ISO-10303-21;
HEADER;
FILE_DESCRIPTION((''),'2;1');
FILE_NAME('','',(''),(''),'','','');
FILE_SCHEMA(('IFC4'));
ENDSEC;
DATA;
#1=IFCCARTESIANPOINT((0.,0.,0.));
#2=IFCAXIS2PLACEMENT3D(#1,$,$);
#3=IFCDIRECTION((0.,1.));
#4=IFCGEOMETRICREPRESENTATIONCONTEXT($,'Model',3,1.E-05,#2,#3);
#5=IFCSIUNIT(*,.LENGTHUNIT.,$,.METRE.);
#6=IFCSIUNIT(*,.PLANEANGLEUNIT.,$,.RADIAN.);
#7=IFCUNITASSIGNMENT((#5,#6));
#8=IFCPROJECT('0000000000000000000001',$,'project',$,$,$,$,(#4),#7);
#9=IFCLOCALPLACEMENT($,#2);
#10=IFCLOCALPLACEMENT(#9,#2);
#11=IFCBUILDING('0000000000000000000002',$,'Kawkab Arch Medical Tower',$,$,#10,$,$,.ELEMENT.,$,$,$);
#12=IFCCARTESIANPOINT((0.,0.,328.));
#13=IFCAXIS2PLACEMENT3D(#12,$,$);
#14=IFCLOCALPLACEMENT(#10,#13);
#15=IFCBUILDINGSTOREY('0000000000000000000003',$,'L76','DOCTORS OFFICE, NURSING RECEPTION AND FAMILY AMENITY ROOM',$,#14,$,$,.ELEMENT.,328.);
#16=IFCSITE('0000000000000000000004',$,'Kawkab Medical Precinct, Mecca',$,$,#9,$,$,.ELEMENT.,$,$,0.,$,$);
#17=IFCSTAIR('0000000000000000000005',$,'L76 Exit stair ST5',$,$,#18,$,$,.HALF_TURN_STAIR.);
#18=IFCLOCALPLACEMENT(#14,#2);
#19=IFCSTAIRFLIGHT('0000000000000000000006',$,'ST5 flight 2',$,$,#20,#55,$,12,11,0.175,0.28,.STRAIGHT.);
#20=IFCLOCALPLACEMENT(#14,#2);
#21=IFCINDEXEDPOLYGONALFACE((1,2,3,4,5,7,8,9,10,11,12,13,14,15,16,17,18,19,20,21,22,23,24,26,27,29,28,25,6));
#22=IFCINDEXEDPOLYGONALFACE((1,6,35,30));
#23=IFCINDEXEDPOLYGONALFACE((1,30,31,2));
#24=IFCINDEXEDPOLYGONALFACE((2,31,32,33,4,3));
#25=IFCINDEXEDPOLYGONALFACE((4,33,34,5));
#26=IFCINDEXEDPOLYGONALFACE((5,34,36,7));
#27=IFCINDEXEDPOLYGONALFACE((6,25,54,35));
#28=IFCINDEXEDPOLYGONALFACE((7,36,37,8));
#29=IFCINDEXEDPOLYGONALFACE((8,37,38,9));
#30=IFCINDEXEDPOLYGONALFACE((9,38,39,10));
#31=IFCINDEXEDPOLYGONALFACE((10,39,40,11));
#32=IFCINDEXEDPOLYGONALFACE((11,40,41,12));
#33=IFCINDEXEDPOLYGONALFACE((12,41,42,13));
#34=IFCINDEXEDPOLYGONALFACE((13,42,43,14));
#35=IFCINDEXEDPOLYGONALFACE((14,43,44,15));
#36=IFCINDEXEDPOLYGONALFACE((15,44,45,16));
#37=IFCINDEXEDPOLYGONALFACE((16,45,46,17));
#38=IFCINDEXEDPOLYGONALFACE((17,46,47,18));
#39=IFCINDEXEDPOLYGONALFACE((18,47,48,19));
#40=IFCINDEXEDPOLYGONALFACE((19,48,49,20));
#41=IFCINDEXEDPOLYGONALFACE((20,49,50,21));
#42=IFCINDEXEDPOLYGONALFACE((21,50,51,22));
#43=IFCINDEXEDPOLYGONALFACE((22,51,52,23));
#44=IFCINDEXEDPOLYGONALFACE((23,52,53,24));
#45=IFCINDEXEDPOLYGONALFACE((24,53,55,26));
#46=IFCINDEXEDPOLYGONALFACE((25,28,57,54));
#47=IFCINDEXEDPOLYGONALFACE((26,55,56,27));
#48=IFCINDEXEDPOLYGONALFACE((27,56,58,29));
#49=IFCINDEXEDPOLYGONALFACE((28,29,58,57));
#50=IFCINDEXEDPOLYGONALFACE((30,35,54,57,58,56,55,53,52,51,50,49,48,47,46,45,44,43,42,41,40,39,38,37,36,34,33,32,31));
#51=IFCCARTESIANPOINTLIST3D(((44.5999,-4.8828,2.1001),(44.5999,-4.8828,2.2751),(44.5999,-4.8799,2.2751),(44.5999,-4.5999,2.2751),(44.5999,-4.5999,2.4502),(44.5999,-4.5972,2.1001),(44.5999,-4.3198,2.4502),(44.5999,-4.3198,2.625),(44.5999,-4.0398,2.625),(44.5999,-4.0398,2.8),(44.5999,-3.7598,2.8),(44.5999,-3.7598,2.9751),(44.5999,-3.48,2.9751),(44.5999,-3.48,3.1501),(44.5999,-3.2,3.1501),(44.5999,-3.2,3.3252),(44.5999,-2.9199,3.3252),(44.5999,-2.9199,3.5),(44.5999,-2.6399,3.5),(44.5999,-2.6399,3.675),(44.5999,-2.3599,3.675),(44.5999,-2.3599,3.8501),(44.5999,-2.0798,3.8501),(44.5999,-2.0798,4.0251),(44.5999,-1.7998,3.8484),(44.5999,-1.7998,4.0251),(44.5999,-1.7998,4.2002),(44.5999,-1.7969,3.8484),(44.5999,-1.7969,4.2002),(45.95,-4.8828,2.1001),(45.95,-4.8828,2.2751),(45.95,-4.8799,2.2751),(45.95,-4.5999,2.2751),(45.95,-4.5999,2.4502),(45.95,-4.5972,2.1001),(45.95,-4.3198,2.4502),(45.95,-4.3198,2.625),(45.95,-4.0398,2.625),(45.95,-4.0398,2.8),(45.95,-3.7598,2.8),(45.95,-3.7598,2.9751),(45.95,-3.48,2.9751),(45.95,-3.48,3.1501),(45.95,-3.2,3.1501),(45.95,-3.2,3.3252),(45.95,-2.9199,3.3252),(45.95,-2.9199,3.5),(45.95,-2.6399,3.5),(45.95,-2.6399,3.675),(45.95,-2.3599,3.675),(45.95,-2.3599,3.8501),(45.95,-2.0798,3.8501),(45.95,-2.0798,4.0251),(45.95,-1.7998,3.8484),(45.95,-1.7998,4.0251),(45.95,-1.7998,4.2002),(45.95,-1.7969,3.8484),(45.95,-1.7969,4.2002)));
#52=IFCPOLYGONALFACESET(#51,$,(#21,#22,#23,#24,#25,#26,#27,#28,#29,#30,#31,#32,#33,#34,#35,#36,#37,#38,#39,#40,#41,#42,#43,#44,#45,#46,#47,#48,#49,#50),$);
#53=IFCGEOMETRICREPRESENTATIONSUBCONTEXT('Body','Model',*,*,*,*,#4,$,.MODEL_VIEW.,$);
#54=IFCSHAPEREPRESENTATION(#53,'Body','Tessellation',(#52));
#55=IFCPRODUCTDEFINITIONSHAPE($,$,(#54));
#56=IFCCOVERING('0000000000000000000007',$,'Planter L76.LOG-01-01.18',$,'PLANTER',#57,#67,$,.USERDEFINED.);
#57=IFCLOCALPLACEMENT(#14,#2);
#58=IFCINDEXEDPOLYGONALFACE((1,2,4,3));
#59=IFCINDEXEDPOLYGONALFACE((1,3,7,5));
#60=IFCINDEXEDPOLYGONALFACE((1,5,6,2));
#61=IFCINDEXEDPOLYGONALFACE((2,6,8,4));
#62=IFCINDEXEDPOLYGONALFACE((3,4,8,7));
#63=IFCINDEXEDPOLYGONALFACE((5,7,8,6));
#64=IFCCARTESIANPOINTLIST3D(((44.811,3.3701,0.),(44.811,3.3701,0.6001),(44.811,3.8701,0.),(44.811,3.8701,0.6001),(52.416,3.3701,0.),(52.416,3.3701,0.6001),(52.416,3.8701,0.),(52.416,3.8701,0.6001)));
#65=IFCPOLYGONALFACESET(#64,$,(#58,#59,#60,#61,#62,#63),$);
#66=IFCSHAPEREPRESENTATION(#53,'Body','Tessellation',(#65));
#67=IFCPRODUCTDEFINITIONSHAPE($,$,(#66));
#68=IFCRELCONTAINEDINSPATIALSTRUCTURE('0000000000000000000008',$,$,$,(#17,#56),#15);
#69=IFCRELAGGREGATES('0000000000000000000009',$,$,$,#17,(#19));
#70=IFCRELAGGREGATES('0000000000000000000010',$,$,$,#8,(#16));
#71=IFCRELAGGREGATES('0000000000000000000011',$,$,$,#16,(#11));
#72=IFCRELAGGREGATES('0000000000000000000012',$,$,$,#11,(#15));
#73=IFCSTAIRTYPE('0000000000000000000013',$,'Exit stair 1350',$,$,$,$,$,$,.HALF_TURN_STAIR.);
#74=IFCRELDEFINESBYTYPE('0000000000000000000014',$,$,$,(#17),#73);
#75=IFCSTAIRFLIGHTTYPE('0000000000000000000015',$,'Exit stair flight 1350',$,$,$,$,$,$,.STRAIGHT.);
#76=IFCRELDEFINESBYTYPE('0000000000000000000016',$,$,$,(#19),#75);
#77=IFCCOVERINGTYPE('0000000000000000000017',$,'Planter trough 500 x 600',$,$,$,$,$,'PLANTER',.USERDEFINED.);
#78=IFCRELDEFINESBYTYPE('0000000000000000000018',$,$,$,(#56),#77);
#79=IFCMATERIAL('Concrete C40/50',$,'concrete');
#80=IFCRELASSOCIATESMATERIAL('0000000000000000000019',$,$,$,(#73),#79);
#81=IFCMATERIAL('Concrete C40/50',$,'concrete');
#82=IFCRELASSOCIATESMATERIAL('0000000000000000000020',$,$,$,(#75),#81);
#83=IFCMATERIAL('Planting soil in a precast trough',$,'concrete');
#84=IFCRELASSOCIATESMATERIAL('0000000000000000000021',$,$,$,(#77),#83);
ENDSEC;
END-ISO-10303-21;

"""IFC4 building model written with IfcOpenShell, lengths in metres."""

from ifc_helpers import new_model, si_unit, direction, frame, origin, origin_2d, place, context, subcontext, project, spatial, polyline, rectangle, outline, extrude, material, material_profile, profile_set, type_object, element, aggregate, save


model = new_model("IFC4")

# Units and contexts
model_context = context("Model", 3, precision=1e-05, world=origin(), true_north=direction((0.0, 1.0)))
body_context = subcontext(model_context, "Body", "Model", "MODEL_VIEW")
ifc_project = project(units=[si_unit("LENGTHUNIT", "METRE"), si_unit("PLANEANGLEUNIT", "RADIAN")], contexts=[model_context])

# Site, building, storey
site_placement = place(None, origin())
site = spatial("IfcSite", under=ifc_project, at=site_placement, Name="Kawkab Medical Precinct, Mecca", CompositionType="ELEMENT", RefElevation=0.0)
building_placement = place(site_placement, origin())
building = spatial("IfcBuilding", under=site, at=building_placement, Name="Kawkab Arch Medical Tower", CompositionType="ELEMENT")
storey_placement = place(building_placement, frame((0.0, 0.0, 328.0)))
storey = spatial("IfcBuildingStorey", under=building, at=storey_placement, Name="L76", Description="DOCTORS OFFICE, NURSING RECEPTION AND FAMILY AMENITY ROOM", CompositionType="ELEMENT", Elevation=328.0)

# Shared definitions
placement = place(storey_placement, origin())

# Stair, stair flight
ifc_material_1 = material(Name="Concrete C40/50", Category="concrete")
stair_type = type_object("IfcStairType", Name="Exit stair 1350", PredefinedType="HALF_TURN_STAIR", material=ifc_material_1)
stair = element("IfcStair", 1, at=placement, inside=storey, type_object=stair_type, Name="L76 Exit stair ST5", PredefinedType="HALF_TURN_STAIR")
ifc_material_2 = material(Name="Concrete C40/50", Category="concrete")
stair_flight_type = type_object("IfcStairFlightType", Name="Exit stair flight 1350", PredefinedType="STRAIGHT", material=ifc_material_2)
stair_flight_1_placement = place(storey_placement, frame((45.2749, -4.8799, 2.1001), z_axis=(0.0, 0.0, 1.0), x_axis=(0.0, 1.0, 0.0)))
stair_flight_1 = element("IfcStairFlight", 2, at=stair_flight_1_placement, type_object=stair_flight_type, Name="ST5 flight 2", NumberOfRisers=12, NumberOfTreads=11, PredefinedType="STRAIGHT", RiserHeight=0.175, TreadLength=0.28, context=body_context, shape_type="SweptSolid", body=[
    extrude(outline(polyline([(-0.0029, 0.0), (-0.0029, 0.175), (0.0, 0.175), (0.28, 0.175), (0.28, 0.3501), (0.5601, 0.3501), (0.5601, 0.5249), (0.8401, 0.5249), (0.8401, 0.7), (1.1201, 0.7), (1.1201, 0.875), (1.3999, 0.875), (1.3999, 1.05), (1.6799, 1.05), (1.6799, 1.2251), (1.96, 1.2251), (1.96, 1.3999), (2.24, 1.3999), (2.24, 1.575), (2.52, 1.575), (2.52, 1.75), (2.8, 1.75), (2.8, 1.925), (3.0801, 1.925), (3.0801, 2.1001), (3.083, 2.1001), (3.083, 1.7483), (3.0801, 1.7483), (0.2827, 0.0), (-0.0029, 0.0)])), frame((0.0, 0.675, 0.0), z_axis=(0.0, -1.0, 0.0), x_axis=(1.0, 0.0, 0.0)), (0.0, 0.0, 1.0), 1.3501),
])
aggregate(stair, [stair_flight_1])

# Covering
ifc_material_3 = material(Name="Planting soil in a precast trough", Category="concrete")
ifc_material_profile_1 = material_profile(ifc_material_3, rectangle(XDim=0.5, YDim=0.6001, at=origin_2d()), Name="Trough 500x600")
ifc_profile_set_1 = profile_set([ifc_material_profile_1], Name="Planting soil in a precast trough")
covering_type = type_object("IfcCoveringType", Name="Planter trough 500 x 600", ElementType="PLANTER", PredefinedType="USERDEFINED", material=ifc_profile_set_1)
covering_placement = place(storey_placement, frame((44.811, 3.6201, 0.3), z_axis=(1.0, 0.0, 0.0), x_axis=(0.0, 1.0, 0.0)))
element("IfcCovering", 3, at=covering_placement, inside=storey, type_object=covering_type, Name="Planter L76.LOG-01-01.18", ObjectType="PLANTER", PredefinedType="USERDEFINED", context=body_context, shape_type="SweptSolid", body=[
    extrude(rectangle(XDim=0.5, YDim=0.6001, at=origin_2d()), origin(), (0.0, 0.0, 1.0), 7.605),
])

save(model, "model.ifc")
